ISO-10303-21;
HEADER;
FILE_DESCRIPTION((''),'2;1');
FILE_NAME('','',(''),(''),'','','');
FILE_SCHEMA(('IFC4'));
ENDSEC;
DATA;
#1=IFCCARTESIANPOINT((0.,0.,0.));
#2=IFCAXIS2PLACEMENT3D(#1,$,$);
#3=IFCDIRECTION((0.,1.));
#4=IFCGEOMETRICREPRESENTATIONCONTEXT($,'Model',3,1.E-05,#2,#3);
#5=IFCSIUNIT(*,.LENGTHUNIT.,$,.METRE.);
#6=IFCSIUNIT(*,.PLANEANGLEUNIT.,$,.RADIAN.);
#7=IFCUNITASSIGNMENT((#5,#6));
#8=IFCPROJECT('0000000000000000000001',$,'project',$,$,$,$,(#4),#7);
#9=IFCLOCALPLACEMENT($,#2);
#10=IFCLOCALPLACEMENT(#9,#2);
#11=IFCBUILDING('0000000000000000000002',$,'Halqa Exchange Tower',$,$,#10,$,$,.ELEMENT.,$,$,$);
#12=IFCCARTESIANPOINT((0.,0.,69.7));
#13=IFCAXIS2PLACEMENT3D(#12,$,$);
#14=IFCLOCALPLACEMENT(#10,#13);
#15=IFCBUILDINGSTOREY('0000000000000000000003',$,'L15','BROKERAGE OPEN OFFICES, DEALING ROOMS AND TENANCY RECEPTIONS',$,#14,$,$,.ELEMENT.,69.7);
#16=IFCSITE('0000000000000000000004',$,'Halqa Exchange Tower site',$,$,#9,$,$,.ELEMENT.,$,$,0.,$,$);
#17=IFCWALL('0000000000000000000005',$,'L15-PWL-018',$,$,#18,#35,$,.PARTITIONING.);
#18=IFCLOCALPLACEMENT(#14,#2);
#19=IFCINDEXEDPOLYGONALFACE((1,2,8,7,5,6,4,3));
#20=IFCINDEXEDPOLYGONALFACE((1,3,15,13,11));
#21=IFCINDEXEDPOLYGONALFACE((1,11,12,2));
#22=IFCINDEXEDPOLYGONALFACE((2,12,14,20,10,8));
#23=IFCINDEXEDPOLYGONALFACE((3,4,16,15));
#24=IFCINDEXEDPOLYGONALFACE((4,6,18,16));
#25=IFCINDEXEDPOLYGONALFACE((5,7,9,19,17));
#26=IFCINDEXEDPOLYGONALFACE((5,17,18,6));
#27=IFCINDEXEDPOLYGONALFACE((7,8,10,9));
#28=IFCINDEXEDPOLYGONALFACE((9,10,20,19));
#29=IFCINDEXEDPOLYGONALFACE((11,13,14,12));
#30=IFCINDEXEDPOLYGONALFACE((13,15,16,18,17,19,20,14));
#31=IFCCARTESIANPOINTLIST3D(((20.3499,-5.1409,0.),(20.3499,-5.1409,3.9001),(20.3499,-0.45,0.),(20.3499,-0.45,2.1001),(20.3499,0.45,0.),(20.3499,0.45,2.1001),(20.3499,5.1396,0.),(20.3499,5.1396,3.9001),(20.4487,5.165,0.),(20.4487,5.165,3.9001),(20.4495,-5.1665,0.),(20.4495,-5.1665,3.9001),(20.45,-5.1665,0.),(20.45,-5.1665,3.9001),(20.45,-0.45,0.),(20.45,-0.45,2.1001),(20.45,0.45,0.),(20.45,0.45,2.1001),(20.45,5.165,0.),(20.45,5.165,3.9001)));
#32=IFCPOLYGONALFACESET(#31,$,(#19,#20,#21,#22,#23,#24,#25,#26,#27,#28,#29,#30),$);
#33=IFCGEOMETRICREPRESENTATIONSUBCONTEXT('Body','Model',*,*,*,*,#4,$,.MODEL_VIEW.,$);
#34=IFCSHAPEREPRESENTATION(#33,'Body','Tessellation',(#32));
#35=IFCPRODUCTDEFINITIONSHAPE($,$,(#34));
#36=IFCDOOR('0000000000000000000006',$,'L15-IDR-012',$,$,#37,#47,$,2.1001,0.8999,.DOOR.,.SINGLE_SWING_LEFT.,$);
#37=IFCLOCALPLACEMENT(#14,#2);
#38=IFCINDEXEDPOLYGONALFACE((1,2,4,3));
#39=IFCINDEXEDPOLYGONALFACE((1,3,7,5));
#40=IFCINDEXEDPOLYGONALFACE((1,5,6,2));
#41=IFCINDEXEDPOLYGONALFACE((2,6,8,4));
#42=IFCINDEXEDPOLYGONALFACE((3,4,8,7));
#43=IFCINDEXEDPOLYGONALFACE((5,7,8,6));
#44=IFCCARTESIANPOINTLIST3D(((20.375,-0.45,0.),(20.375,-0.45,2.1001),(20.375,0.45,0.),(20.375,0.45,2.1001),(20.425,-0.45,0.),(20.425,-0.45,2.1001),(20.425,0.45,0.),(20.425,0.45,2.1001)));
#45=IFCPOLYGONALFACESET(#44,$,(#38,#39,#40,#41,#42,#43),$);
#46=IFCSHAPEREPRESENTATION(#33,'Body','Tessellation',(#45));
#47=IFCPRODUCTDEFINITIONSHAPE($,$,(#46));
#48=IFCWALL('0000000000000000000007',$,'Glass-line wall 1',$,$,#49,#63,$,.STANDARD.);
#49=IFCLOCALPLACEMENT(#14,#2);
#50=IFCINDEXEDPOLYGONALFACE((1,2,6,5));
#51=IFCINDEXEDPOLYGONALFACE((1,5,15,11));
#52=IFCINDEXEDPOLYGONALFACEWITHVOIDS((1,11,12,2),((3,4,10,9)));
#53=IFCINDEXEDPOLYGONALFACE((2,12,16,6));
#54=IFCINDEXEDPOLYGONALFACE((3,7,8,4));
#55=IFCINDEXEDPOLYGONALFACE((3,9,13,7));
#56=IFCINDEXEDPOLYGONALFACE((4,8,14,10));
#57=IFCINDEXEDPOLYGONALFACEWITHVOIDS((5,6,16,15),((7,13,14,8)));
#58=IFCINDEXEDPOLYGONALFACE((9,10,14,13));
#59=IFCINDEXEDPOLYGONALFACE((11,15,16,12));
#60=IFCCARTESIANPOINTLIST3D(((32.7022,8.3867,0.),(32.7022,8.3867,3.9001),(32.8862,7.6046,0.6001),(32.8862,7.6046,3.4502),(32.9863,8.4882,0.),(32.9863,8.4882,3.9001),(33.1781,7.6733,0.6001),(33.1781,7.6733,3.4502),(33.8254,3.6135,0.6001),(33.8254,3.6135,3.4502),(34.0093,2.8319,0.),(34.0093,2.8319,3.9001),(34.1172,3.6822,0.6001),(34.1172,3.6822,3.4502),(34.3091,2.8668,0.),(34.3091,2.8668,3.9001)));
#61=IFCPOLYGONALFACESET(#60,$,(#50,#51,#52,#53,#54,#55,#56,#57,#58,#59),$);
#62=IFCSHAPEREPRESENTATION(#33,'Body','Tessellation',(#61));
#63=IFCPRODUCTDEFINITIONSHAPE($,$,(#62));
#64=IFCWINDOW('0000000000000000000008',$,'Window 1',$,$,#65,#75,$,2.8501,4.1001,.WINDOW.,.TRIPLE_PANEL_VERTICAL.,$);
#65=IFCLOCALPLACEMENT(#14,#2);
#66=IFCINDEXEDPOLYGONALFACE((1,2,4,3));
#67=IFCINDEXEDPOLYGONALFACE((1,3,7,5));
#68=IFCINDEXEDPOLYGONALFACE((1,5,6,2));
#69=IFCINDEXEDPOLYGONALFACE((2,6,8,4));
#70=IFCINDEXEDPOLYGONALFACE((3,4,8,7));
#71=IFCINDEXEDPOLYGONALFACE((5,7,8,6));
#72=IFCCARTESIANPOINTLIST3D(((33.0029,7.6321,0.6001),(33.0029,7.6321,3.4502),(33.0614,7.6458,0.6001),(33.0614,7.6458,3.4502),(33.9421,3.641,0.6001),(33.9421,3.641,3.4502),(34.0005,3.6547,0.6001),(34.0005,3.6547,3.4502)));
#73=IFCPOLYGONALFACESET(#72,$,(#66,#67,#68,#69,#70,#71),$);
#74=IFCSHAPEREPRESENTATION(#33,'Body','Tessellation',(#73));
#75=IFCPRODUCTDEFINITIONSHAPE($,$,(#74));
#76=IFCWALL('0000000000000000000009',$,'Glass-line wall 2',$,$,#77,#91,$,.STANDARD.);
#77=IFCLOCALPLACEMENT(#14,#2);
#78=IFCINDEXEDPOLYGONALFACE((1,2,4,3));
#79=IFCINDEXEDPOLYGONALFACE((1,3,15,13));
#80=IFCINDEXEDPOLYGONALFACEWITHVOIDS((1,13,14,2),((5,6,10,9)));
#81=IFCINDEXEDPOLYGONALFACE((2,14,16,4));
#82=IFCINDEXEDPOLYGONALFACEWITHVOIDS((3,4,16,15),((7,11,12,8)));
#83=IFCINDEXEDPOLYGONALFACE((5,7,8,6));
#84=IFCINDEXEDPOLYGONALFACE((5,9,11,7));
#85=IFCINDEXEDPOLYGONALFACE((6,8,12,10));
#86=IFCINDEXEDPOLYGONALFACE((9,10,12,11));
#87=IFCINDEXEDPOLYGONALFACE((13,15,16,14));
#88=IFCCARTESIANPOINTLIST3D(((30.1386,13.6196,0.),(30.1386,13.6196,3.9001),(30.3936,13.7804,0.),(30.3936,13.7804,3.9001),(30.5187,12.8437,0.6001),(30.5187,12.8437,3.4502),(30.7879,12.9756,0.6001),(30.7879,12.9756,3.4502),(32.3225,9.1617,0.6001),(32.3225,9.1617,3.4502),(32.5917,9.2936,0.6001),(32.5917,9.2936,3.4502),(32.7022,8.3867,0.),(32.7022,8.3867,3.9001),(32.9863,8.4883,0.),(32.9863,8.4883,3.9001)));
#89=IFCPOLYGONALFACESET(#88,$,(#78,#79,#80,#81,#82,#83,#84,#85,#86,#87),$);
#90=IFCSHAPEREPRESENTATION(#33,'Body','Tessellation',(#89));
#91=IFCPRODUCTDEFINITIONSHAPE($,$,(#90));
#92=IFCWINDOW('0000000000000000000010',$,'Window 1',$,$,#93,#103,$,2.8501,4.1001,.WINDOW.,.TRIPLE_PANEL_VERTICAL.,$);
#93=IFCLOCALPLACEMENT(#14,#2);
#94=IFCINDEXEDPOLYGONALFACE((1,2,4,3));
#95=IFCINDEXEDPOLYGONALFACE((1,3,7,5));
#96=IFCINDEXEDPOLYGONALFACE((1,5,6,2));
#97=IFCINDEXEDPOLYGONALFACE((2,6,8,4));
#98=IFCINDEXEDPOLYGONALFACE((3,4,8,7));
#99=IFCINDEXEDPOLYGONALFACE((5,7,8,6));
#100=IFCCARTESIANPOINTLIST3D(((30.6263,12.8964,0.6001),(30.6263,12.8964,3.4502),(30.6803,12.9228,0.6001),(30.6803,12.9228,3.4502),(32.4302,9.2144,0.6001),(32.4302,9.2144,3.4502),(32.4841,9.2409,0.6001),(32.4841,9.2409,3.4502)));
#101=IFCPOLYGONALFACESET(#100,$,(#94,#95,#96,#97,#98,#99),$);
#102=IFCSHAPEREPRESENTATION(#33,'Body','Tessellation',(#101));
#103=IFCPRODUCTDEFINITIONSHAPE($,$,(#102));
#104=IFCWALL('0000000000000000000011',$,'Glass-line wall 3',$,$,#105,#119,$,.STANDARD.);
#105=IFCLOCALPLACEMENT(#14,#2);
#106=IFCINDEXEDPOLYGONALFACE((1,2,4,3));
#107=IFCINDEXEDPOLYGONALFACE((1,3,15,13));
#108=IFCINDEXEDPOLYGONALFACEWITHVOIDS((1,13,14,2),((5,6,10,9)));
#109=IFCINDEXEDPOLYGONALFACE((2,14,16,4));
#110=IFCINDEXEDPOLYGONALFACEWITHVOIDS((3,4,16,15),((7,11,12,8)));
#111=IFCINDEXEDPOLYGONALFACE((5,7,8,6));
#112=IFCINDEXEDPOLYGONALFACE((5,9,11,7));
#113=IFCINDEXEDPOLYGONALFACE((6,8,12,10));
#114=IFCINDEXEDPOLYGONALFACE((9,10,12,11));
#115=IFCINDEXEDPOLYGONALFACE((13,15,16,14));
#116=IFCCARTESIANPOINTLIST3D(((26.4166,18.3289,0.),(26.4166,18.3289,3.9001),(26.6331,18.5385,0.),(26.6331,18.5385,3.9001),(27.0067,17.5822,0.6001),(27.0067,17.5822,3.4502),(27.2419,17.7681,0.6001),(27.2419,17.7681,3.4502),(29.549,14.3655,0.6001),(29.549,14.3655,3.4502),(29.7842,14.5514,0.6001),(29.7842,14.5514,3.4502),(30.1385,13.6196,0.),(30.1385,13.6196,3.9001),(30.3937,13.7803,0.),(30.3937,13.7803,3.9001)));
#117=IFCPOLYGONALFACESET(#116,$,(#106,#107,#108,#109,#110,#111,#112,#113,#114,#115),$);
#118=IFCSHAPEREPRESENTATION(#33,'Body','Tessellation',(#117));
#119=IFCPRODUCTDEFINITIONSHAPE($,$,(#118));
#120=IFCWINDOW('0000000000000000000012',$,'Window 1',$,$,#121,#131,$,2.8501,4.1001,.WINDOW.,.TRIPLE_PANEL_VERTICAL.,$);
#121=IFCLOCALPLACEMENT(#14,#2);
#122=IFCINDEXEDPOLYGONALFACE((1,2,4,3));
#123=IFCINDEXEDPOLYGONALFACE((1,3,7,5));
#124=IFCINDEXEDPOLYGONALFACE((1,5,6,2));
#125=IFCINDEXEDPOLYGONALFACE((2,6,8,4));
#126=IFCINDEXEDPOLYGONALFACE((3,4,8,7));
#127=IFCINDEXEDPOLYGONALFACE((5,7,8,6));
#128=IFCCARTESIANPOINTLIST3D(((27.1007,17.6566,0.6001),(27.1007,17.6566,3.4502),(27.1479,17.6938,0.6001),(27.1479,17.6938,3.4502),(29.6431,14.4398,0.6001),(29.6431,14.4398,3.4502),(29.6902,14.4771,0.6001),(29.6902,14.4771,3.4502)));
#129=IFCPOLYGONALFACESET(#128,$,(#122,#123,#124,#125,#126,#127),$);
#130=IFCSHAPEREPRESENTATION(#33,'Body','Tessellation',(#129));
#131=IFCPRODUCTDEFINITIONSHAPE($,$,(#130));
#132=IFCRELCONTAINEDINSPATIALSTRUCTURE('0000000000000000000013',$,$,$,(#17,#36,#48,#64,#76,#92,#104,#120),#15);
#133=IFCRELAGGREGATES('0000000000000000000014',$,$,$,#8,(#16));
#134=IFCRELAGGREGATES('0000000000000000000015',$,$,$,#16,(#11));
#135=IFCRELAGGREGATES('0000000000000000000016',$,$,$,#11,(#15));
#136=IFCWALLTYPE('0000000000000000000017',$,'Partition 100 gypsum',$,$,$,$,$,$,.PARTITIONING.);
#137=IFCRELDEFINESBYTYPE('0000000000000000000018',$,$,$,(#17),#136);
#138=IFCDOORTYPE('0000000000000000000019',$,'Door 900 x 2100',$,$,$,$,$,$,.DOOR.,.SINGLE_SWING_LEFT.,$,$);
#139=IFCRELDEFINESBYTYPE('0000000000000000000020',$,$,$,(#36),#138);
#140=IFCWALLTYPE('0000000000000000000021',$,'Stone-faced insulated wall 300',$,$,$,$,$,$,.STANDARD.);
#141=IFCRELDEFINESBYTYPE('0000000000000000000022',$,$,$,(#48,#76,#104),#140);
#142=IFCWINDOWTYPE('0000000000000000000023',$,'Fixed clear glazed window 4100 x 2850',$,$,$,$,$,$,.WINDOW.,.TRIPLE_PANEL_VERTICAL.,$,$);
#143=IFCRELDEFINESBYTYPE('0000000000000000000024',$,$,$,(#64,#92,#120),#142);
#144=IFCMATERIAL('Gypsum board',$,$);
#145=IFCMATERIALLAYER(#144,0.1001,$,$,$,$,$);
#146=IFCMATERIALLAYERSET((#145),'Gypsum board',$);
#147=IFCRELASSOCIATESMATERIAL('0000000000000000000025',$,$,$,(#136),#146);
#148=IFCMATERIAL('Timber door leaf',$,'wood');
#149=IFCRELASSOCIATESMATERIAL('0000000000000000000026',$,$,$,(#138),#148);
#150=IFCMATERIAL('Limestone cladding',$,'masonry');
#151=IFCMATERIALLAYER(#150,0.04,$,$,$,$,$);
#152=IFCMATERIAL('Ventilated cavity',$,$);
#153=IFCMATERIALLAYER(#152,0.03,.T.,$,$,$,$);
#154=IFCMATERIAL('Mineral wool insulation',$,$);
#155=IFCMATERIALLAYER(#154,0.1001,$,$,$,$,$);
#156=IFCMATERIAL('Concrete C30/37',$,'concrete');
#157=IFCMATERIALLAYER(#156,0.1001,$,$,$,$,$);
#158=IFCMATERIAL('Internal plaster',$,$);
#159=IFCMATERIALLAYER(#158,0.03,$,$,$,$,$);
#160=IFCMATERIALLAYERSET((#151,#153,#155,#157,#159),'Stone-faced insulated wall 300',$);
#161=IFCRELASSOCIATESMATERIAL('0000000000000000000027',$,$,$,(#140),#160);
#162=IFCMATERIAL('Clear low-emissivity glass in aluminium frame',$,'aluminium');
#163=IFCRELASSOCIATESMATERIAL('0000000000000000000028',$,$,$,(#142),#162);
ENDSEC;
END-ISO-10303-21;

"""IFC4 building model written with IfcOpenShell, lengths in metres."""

from ifc_helpers import new_model, si_unit, direction, frame, frame_2d, origin, place, context, subcontext, project, spatial, polyline, rectangle, outline, extrude, material, layer, layer_set, type_object, element, fill, save


model = new_model("IFC4")

# Units and contexts
model_context = context("Model", 3, precision=1e-05, world=origin(), true_north=direction((0.0, 1.0)))
body_context = subcontext(model_context, "Body", "Model", "MODEL_VIEW")
ifc_project = project(units=[si_unit("LENGTHUNIT", "METRE"), si_unit("PLANEANGLEUNIT", "RADIAN")], contexts=[model_context])

# Site, building, storey
site_placement = place(None, origin())
site = spatial("IfcSite", under=ifc_project, at=site_placement, Name="Halqa Exchange Tower site", CompositionType="ELEMENT", RefElevation=0.0)
building_placement = place(site_placement, origin())
building = spatial("IfcBuilding", under=site, at=building_placement, Name="Halqa Exchange Tower", CompositionType="ELEMENT")
storey_placement = place(building_placement, frame((0.0, 0.0, 69.7)))
storey = spatial("IfcBuildingStorey", under=building, at=storey_placement, Name="L15", Description="BROKERAGE OPEN OFFICES, DEALING ROOMS AND TENANCY RECEPTIONS", CompositionType="ELEMENT", Elevation=69.7)

# Wall, opening, door
ifc_material_1 = material(Name="Gypsum board")
ifc_layer_1 = layer(ifc_material_1, 0.1001)
ifc_layer_set_1 = layer_set([ifc_layer_1], Name="Gypsum board")
wall_type_1 = type_object("IfcWallType", Name="Partition 100 gypsum", PredefinedType="PARTITIONING", material=ifc_layer_set_1)
wall_1_placement = place(storey_placement, frame((20.3999, 5.165, 0.0), z_axis=(0.0, 0.0, 1.0), x_axis=(0.0, -1.0, 0.0)))
wall_1 = element("IfcWall", 1, at=wall_1_placement, inside=storey, type_object=wall_type_1, Name="L15-PWL-018", PredefinedType="PARTITIONING", context=body_context, shape_type="SweptSolid", body=[
    extrude(outline(polyline([(0.0254, -0.05), (1.7388, -0.05), (3.4521, -0.05), (5.1658, -0.05), (6.8792, -0.05), (8.5925, -0.05), (10.3059, -0.05), (10.3315, 0.0496), (10.3315, 0.05), (8.6096, 0.05), (6.8877, 0.05), (5.1658, 0.05), (3.4438, 0.05), (1.7219, 0.05), (0.0, 0.05), (0.0, 0.0488), (0.0254, -0.05)])), origin(), (0.0, 0.0, 1.0), 3.9001),
])
opening_1_placement = place(wall_1_placement, frame((4.7151, 0.0, 0.0)))
opening_1 = element("IfcOpeningElement", 2, at=opening_1_placement, cuts=wall_1, PredefinedType="OPENING", context=body_context, shape_type="SweptSolid", body=[
    extrude(rectangle(XDim=0.8999, YDim=2.1001, at=frame_2d((0.45, 1.05))), frame((0.0, 0.062, 0.0), z_axis=(0.0, -1.0, 0.0), x_axis=(1.0, 0.0, 0.0)), (0.0, 0.0, 1.0), 0.124),
])
ifc_material_2 = material(Name="Timber door leaf", Category="wood")
door_type = type_object("IfcDoorType", Name="Door 900 x 2100", OperationType="SINGLE_SWING_LEFT", PredefinedType="DOOR", material=ifc_material_2)
door_placement = place(opening_1_placement, frame((0.8999, 0.0, 0.0), z_axis=(0.0, 0.0, 1.0), x_axis=(-1.0, 0.0, 0.0)))
door = element("IfcDoor", 3, at=door_placement, inside=storey, type_object=door_type, Name="L15-IDR-012", OperationType="SINGLE_SWING_LEFT", OverallHeight=2.1001, OverallWidth=0.8999, PredefinedType="DOOR", context=body_context, shape_type="SweptSolid", body=[
    extrude(rectangle(XDim=0.8999, YDim=2.1001, at=frame_2d((0.45, 1.05))), frame((0.0, 0.0249, 0.0), z_axis=(0.0, -1.0, 0.0), x_axis=(1.0, 0.0, 0.0)), (0.0, 0.0, 1.0), 0.05),
])
fill(opening_1, door)

# Walls, openings, windows
ifc_material_3 = material(Name="Limestone cladding", Category="masonry")
ifc_layer_2 = layer(ifc_material_3, 0.04)
ifc_material_4 = material(Name="Ventilated cavity")
ifc_layer_3 = layer(ifc_material_4, 0.03, ventilated=True)
ifc_material_5 = material(Name="Mineral wool insulation")
ifc_layer_4 = layer(ifc_material_5, 0.1001)
ifc_material_6 = material(Name="Concrete C30/37", Category="concrete")
ifc_layer_5 = layer(ifc_material_6, 0.1001)
ifc_material_7 = material(Name="Internal plaster")
ifc_layer_6 = layer(ifc_material_7, 0.03)
ifc_layer_set_2 = layer_set([ifc_layer_2, ifc_layer_3, ifc_layer_4, ifc_layer_5, ifc_layer_6], Name="Stone-faced insulated wall 300")
wall_type_2 = type_object("IfcWallType", Name="Stone-faced insulated wall 300", PredefinedType="STANDARD", material=ifc_layer_set_2)
wall_2_placement = place(storey_placement, frame((34.1592, 2.8494, 0.0), z_axis=(0.0, 0.0, 1.0), x_axis=(-0.229054, 0.973414, 0.0)))
wall_2 = element("IfcWall", 4, at=wall_2_placement, inside=storey, type_object=wall_type_2, Name="Glass-line wall 1", PredefinedType="STANDARD", context=body_context, shape_type="SweptSolid", body=[
    extrude(outline(polyline([(-0.0173, -0.1499), (5.7576, -0.1499), (5.7239, 0.1499), (0.0173, 0.1499), (-0.0173, -0.1499)])), origin(), (0.0, 0.0, 1.0), 3.9001),
])
opening_2_placement = place(wall_2_placement, frame((0.8203, 0.0, 0.6001)))
opening_2 = element("IfcOpeningElement", 5, at=opening_2_placement, cuts=wall_2, PredefinedType="OPENING", context=body_context, shape_type="SweptSolid", body=[
    extrude(rectangle(XDim=4.1001, YDim=2.8501, at=frame_2d((2.05, 1.425))), frame((0.0, 0.1621, 0.0), z_axis=(0.0, -1.0, 0.0), x_axis=(1.0, 0.0, 0.0)), (0.0, 0.0, 1.0), 0.324),
])
ifc_material_8 = material(Name="Clear low-emissivity glass in aluminium frame", Category="aluminium")
window_type = type_object("IfcWindowType", Name="Fixed clear glazed window 4100 x 2850", PartitioningType="TRIPLE_PANEL_VERTICAL", PredefinedType="WINDOW", material=ifc_material_8)
window_1_placement = place(opening_2_placement, origin())
window_1 = element("IfcWindow", 6, at=window_1_placement, inside=storey, type_object=window_type, Name="Window 1", OverallHeight=2.8501, OverallWidth=4.1001, PartitioningType="TRIPLE_PANEL_VERTICAL", PredefinedType="WINDOW", context=body_context, shape_type="SweptSolid", body=[
    extrude(rectangle(XDim=4.1001, YDim=2.8501, at=frame_2d((2.05, 1.425))), frame((0.0, 0.03, 0.0), z_axis=(0.0, -1.0, 0.0), x_axis=(1.0, 0.0, 0.0)), (0.0, 0.0, 1.0), 0.0601),
])
fill(opening_2, window_1)
wall_3_placement = place(storey_placement, frame((32.8442, 8.4375, 0.0), z_axis=(0.0, 0.0, 1.0), x_axis=(-0.43995, 0.898022, 0.0)))
wall_3 = element("IfcWall", 7, at=wall_3_placement, inside=storey, type_object=wall_type_2, Name="Glass-line wall 2", PredefinedType="STANDARD", context=body_context, shape_type="SweptSolid", body=[
    extrude(outline(polyline([(-0.0168, -0.1499), (5.8762, -0.1499), (5.844, 0.1499), (0.0168, 0.1499), (-0.0168, -0.1499)])), origin(), (0.0, 0.0, 1.0), 3.9001),
])
opening_3_placement = place(wall_3_placement, frame((0.8799, 0.0, 0.6001)))
opening_3 = element("IfcOpeningElement", 8, at=opening_3_placement, cuts=wall_3, PredefinedType="OPENING", context=body_context, shape_type="SweptSolid", body=[
    extrude(rectangle(XDim=4.1001, YDim=2.8501, at=frame_2d((2.05, 1.425))), frame((0.0, 0.1621, 0.0), z_axis=(0.0, -1.0, 0.0), x_axis=(1.0, 0.0, 0.0)), (0.0, 0.0, 1.0), 0.324),
])
window_2_placement = place(opening_3_placement, origin())
window_2 = element("IfcWindow", 9, at=window_2_placement, inside=storey, type_object=window_type, Name="Window 1", OverallHeight=2.8501, OverallWidth=4.1001, PartitioningType="TRIPLE_PANEL_VERTICAL", PredefinedType="WINDOW", context=body_context, shape_type="SweptSolid", body=[
    extrude(rectangle(XDim=4.1001, YDim=2.8501, at=frame_2d((2.05, 1.425))), frame((0.0, 0.03, 0.0), z_axis=(0.0, -1.0, 0.0), x_axis=(1.0, 0.0, 0.0)), (0.0, 0.0, 1.0), 0.0601),
])
fill(opening_3, window_2)
wall_4_placement = place(storey_placement, frame((30.2661, 13.7, 0.0), z_axis=(0.0, 0.0, 1.0), x_axis=(-0.620065, 0.78455, 0.0)))
wall_4 = element("IfcWall", 10, at=wall_4_placement, inside=storey, type_object=wall_type_2, Name="Glass-line wall 3", PredefinedType="STANDARD", context=body_context, shape_type="SweptSolid", body=[
    extrude(outline(polyline([(-0.0161, -0.1499), (6.0488, -0.1499), (6.0186, 0.1499), (0.0161, 0.1499), (-0.0161, -0.1499)])), origin(), (0.0, 0.0, 1.0), 3.9001),
])
opening_4_placement = place(wall_4_placement, frame((0.9668, 0.0, 0.6001)))
opening_4 = element("IfcOpeningElement", 11, at=opening_4_placement, cuts=wall_4, PredefinedType="OPENING", context=body_context, shape_type="SweptSolid", body=[
    extrude(rectangle(XDim=4.1001, YDim=2.8501, at=frame_2d((2.05, 1.425))), frame((0.0, 0.1621, 0.0), z_axis=(0.0, -1.0, 0.0), x_axis=(1.0, 0.0, 0.0)), (0.0, 0.0, 1.0), 0.324),
])
window_3_placement = place(opening_4_placement, origin())
window_3 = element("IfcWindow", 12, at=window_3_placement, inside=storey, type_object=window_type, Name="Window 1", OverallHeight=2.8501, OverallWidth=4.1001, PartitioningType="TRIPLE_PANEL_VERTICAL", PredefinedType="WINDOW", context=body_context, shape_type="SweptSolid", body=[
    extrude(rectangle(XDim=4.1001, YDim=2.8501, at=frame_2d((2.05, 1.425))), frame((0.0, 0.03, 0.0), z_axis=(0.0, -1.0, 0.0), x_axis=(1.0, 0.0, 0.0)), (0.0, 0.0, 1.0), 0.0601),
])
fill(opening_4, window_3)

save(model, "model.ifc")
